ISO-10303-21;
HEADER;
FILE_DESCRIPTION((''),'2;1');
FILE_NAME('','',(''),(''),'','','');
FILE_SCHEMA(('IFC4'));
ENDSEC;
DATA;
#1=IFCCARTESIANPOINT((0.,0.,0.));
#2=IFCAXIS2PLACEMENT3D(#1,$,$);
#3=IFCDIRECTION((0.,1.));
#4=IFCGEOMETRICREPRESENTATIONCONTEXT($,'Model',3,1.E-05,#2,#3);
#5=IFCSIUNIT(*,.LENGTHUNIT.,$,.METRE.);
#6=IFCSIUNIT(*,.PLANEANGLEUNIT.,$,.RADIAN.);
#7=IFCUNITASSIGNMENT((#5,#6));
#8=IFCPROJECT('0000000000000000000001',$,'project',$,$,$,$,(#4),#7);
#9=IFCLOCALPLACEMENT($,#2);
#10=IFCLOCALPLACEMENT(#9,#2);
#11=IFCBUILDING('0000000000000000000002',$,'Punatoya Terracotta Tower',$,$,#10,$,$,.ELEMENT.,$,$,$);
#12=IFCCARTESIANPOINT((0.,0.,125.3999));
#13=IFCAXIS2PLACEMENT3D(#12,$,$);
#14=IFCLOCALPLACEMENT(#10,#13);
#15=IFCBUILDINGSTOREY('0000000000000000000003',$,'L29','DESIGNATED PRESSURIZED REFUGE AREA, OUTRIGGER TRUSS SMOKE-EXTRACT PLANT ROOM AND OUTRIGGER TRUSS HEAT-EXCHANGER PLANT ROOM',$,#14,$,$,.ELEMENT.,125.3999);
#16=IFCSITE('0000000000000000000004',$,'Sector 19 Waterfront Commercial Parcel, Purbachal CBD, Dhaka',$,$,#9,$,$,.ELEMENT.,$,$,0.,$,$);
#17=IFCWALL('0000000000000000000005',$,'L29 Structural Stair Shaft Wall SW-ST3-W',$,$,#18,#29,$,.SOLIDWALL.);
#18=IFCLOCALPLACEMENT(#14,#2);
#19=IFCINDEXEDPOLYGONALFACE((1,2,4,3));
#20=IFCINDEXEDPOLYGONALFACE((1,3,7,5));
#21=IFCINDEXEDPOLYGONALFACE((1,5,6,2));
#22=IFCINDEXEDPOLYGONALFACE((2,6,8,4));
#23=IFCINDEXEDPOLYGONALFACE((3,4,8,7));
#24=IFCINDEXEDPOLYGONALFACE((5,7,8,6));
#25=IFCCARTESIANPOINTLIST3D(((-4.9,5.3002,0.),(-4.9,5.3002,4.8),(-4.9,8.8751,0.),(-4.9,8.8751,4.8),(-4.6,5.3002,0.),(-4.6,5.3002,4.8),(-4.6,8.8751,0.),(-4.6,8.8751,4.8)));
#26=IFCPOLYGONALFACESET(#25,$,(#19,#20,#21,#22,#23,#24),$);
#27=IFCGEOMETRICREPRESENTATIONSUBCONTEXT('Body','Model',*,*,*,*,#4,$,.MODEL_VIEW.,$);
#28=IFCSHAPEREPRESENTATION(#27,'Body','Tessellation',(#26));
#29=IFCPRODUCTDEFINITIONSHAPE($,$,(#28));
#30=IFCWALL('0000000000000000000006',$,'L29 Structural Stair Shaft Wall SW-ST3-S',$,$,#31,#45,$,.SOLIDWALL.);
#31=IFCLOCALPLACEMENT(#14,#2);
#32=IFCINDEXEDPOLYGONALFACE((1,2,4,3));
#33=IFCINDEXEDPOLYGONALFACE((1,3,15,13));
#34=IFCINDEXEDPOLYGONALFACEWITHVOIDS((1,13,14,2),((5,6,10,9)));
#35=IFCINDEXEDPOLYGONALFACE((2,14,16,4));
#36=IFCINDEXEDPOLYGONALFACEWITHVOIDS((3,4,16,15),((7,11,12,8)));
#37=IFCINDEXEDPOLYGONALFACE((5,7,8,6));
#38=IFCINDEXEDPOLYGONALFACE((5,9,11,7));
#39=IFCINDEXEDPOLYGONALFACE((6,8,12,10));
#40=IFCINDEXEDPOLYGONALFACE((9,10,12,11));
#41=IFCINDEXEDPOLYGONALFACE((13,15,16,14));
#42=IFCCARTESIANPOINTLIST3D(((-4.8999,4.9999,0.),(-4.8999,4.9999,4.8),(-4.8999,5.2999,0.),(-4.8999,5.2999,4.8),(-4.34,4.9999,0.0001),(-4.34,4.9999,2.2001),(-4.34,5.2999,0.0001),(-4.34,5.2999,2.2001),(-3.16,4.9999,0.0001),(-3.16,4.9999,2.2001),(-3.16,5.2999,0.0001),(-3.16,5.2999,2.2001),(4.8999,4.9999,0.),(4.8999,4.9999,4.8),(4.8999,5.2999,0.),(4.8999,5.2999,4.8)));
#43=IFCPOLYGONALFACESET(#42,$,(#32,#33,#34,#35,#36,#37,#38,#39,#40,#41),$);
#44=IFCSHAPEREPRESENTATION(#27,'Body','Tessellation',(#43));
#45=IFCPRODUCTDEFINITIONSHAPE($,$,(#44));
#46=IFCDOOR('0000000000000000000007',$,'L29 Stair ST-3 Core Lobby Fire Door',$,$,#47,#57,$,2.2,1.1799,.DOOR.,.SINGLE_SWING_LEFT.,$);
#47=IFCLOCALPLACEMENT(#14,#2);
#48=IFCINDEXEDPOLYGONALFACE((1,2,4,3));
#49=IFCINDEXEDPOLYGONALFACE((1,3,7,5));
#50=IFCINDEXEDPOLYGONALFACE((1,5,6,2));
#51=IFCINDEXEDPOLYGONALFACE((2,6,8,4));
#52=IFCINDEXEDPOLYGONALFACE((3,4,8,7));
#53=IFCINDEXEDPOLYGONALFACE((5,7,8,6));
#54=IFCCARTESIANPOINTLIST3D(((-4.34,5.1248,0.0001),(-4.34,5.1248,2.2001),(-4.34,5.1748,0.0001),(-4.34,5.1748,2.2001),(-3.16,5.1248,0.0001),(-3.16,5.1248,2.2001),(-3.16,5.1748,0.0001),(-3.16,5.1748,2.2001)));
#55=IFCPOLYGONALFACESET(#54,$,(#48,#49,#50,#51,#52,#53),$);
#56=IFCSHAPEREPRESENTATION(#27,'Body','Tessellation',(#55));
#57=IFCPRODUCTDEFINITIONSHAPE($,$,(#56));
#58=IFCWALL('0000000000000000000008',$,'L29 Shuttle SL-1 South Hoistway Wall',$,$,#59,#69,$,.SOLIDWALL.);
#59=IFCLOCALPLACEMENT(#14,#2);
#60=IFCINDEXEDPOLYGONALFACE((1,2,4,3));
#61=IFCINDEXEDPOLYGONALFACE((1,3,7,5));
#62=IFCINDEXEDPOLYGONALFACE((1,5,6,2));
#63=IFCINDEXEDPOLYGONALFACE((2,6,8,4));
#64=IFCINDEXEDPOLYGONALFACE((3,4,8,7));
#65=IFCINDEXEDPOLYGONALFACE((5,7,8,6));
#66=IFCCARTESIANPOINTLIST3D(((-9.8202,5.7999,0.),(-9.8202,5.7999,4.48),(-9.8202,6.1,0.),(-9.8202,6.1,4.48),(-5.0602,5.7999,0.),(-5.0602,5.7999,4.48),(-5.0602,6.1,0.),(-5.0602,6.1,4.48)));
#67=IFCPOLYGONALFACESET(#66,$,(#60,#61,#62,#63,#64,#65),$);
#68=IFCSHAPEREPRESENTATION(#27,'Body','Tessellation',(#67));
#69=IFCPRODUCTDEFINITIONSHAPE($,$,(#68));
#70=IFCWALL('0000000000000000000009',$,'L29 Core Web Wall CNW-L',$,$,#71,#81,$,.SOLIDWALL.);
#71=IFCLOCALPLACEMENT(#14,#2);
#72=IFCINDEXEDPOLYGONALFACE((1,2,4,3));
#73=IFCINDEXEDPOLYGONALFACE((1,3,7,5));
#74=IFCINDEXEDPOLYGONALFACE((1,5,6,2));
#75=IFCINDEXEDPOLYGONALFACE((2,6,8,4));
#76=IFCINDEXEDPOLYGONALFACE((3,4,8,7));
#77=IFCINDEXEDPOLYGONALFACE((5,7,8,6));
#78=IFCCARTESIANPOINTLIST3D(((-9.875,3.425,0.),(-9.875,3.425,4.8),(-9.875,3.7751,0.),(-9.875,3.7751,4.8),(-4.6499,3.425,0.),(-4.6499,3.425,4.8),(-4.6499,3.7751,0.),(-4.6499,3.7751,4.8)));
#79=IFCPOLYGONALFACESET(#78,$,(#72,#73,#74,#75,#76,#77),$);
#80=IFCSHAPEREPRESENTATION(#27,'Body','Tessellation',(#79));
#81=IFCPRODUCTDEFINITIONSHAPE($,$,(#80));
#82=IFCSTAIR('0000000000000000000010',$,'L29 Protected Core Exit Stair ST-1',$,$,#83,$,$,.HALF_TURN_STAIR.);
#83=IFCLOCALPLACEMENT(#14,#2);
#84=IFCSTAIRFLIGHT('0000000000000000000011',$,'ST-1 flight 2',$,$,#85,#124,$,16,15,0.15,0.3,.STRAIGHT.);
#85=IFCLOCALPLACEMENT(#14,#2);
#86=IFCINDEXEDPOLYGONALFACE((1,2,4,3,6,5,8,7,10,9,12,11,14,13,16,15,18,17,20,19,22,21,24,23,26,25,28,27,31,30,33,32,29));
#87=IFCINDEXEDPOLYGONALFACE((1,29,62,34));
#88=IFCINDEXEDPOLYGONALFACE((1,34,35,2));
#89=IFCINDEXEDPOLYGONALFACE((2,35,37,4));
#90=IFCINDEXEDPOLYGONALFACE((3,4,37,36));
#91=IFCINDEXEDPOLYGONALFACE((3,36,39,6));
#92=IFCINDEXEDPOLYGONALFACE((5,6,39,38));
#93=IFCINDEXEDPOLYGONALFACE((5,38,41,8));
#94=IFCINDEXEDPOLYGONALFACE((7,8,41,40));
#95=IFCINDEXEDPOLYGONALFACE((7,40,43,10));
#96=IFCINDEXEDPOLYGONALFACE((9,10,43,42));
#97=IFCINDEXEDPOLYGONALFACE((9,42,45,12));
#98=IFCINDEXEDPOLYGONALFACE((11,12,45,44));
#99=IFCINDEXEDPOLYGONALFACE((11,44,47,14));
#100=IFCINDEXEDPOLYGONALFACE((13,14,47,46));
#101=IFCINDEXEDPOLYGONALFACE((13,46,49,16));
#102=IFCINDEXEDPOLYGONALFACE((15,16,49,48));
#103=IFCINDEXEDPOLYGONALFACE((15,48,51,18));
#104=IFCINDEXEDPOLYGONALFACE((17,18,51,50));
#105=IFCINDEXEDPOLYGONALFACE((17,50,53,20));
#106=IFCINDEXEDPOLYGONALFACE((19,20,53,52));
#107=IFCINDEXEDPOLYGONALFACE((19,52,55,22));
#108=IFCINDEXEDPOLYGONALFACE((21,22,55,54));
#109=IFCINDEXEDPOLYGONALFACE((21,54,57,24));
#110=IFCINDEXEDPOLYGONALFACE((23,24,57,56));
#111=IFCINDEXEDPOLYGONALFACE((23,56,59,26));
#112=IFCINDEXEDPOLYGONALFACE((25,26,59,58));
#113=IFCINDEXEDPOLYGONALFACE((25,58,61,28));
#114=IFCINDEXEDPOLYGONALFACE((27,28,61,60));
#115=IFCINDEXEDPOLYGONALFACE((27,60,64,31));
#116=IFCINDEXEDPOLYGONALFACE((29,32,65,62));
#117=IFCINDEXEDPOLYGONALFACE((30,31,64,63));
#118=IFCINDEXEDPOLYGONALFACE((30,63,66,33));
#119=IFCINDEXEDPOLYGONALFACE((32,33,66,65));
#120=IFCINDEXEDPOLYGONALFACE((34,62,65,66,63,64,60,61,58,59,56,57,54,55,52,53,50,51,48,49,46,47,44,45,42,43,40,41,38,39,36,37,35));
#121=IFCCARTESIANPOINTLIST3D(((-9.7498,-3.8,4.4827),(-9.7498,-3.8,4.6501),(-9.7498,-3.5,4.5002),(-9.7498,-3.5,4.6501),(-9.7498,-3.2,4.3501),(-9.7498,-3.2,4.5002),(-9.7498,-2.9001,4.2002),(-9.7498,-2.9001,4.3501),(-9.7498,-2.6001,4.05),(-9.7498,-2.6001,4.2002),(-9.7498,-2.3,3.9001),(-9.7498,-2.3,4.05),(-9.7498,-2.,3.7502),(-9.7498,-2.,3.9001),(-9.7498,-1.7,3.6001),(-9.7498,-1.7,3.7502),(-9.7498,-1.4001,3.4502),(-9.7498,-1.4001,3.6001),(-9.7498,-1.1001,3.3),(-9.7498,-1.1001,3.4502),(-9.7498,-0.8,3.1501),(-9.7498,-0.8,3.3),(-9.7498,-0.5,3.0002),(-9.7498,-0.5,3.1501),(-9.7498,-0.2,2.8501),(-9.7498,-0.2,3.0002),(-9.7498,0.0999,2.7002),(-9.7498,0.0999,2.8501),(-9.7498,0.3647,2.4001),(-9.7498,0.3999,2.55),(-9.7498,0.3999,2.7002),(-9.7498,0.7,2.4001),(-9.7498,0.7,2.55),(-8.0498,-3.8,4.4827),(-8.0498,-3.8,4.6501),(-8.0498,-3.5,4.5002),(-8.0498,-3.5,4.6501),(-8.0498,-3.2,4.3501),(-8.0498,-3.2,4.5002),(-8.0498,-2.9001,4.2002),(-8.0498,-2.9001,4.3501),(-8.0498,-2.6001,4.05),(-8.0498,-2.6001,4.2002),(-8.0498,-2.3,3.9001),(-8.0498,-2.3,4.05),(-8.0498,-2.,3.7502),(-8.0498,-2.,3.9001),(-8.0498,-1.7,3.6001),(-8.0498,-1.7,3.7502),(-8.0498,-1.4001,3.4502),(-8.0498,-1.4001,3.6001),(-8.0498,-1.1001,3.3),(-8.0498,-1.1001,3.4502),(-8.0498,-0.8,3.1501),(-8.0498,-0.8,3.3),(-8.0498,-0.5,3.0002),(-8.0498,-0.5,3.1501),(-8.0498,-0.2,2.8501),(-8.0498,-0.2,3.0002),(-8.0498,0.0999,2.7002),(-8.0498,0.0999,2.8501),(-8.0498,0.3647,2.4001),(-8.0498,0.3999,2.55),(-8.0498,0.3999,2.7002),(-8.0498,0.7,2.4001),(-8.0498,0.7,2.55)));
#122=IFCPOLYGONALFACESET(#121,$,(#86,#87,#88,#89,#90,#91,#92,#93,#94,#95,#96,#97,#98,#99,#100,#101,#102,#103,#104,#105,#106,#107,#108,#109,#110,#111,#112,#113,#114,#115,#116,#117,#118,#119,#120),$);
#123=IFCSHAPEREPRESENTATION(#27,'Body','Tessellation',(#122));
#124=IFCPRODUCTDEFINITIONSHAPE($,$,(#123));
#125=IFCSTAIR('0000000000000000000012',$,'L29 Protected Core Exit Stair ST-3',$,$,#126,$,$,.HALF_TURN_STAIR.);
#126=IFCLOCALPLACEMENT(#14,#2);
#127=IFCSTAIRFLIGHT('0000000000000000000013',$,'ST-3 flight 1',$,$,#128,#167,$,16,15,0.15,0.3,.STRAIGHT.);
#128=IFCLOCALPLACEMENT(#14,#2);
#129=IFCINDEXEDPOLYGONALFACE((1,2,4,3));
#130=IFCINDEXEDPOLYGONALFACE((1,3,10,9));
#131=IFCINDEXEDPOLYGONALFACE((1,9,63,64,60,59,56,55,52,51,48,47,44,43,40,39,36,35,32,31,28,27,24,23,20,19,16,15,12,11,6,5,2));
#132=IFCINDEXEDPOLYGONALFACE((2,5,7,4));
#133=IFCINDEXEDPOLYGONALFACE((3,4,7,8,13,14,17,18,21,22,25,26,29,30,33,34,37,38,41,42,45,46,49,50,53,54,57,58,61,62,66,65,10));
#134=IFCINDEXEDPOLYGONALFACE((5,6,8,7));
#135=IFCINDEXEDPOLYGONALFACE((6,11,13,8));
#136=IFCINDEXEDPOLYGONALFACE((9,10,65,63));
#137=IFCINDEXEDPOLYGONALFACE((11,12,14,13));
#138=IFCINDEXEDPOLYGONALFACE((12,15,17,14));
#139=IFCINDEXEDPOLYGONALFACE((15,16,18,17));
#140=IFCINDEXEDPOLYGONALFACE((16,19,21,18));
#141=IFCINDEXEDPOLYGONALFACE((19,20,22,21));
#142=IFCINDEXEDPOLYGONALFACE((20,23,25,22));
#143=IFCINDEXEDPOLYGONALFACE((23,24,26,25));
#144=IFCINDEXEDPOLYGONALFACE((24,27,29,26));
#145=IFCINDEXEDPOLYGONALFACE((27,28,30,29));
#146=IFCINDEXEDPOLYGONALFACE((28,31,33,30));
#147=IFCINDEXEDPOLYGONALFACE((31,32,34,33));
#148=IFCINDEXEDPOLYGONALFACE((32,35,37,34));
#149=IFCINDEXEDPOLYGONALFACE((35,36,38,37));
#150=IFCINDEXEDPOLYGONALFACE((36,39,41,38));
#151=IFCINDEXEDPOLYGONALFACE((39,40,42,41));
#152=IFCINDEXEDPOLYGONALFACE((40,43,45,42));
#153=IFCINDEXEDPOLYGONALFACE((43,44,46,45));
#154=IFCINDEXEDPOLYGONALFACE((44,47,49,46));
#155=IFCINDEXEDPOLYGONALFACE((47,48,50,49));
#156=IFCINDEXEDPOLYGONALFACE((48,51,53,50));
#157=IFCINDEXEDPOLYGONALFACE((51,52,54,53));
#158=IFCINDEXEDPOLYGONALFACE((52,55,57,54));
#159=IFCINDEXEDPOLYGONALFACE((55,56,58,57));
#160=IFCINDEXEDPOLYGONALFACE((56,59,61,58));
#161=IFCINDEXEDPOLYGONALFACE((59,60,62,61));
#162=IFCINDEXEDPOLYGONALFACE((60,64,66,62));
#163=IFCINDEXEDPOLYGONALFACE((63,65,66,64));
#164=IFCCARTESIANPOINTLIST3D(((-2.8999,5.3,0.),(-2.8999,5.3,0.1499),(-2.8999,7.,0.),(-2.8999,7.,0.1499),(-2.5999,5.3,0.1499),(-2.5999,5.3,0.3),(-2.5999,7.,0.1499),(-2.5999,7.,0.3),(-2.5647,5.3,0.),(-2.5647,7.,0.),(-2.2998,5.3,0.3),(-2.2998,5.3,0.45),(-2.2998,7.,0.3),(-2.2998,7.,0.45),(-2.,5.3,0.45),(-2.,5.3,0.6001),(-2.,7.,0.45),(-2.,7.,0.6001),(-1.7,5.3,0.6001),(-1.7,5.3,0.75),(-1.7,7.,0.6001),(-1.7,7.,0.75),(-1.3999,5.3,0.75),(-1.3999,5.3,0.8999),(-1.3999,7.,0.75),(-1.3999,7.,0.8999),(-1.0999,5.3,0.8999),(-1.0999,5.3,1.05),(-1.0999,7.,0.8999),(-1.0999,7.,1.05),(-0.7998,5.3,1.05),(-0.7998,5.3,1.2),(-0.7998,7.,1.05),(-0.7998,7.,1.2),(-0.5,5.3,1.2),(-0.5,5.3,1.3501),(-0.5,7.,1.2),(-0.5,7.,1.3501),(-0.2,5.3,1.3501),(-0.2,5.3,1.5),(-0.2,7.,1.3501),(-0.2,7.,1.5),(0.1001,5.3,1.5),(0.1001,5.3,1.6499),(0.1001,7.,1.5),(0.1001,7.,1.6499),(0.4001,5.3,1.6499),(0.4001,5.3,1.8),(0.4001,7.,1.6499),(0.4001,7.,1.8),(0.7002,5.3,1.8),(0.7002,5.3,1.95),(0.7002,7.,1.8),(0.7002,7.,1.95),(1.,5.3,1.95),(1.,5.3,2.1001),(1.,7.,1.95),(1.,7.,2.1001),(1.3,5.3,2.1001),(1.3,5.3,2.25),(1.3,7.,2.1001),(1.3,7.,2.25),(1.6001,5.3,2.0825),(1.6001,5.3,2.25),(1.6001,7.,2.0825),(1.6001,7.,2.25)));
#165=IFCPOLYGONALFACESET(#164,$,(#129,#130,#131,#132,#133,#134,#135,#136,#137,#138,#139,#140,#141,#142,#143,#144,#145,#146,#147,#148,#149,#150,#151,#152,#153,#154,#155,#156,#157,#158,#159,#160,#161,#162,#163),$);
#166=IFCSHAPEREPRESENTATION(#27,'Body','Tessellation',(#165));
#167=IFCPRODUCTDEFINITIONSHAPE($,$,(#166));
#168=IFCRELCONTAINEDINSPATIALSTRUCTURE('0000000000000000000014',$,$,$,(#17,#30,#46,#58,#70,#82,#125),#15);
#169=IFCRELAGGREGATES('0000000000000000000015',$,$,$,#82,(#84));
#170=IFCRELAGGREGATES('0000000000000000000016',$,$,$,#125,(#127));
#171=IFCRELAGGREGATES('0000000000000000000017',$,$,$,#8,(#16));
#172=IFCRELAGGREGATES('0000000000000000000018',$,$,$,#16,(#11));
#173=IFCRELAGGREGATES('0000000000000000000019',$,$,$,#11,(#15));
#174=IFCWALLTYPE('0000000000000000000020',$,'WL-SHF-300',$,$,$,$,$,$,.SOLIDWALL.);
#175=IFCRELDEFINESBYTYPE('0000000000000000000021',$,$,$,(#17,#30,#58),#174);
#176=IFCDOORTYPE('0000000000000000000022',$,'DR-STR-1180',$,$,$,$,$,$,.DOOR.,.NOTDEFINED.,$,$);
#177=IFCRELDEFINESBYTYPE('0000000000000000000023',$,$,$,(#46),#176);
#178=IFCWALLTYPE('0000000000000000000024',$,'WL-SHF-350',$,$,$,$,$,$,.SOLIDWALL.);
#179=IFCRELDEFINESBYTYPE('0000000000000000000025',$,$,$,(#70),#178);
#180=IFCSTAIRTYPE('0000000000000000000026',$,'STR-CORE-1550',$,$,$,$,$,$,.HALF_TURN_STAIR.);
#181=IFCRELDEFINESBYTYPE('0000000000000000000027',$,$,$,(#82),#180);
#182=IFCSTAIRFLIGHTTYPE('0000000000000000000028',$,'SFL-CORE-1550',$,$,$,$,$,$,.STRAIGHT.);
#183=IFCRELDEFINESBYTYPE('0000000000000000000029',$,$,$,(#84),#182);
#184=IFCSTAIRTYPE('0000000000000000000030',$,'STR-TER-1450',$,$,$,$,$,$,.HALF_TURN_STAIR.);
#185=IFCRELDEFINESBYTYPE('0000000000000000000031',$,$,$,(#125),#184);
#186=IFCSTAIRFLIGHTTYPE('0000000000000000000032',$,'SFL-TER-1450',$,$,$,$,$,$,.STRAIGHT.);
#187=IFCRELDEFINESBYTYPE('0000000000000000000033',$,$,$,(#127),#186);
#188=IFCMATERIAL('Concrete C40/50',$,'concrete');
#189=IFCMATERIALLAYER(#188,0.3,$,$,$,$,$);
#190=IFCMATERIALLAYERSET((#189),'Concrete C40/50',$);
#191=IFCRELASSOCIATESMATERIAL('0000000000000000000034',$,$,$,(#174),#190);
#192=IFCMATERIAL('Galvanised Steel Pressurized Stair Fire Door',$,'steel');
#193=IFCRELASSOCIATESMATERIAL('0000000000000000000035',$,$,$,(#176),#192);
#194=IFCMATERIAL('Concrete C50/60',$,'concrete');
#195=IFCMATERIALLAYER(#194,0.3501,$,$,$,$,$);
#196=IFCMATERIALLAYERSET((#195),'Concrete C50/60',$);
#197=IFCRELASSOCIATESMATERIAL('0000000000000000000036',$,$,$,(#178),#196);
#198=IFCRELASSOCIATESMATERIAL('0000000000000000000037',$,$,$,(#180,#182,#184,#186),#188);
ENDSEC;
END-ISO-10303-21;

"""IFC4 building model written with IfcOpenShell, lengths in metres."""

from ifc_helpers import new_model, si_unit, direction, frame, frame_2d, origin, place, context, subcontext, project, spatial, polyline, rectangle, outline, extrude, material, layer, layer_set, type_object, element, fill, aggregate, save


model = new_model("IFC4")

# Units and contexts
model_context = context("Model", 3, precision=1e-05, world=origin(), true_north=direction((0.0, 1.0)))
body_context = subcontext(model_context, "Body", "Model", "MODEL_VIEW")
ifc_project = project(units=[si_unit("LENGTHUNIT", "METRE"), si_unit("PLANEANGLEUNIT", "RADIAN")], contexts=[model_context])

# Site, building, storey
site_placement = place(None, origin())
site = spatial("IfcSite", under=ifc_project, at=site_placement, Name="Sector 19 Waterfront Commercial Parcel, Purbachal CBD, Dhaka", CompositionType="ELEMENT", RefElevation=0.0)
building_placement = place(site_placement, origin())
building = spatial("IfcBuilding", under=site, at=building_placement, Name="Punatoya Terracotta Tower", CompositionType="ELEMENT")
storey_placement = place(building_placement, frame((0.0, 0.0, 125.3999)))
storey = spatial("IfcBuildingStorey", under=building, at=storey_placement, Name="L29", Description="DESIGNATED PRESSURIZED REFUGE AREA, OUTRIGGER TRUSS SMOKE-EXTRACT PLANT ROOM AND OUTRIGGER TRUSS HEAT-EXCHANGER PLANT ROOM", CompositionType="ELEMENT", Elevation=125.3999)

# Shared definitions
ifc_material_1 = material(Name="Concrete C40/50", Category="concrete")

# Wall
ifc_layer_1 = layer(ifc_material_1, 0.3)
ifc_layer_set_1 = layer_set([ifc_layer_1], Name="Concrete C40/50")
wall_type_1 = type_object("IfcWallType", Name="WL-SHF-300", PredefinedType="SOLIDWALL", material=ifc_layer_set_1)
wall_1_placement = place(storey_placement, frame((-4.75, 5.3, 0.0), z_axis=(0.0, 0.0, 1.0), x_axis=(0.0, 1.0, 0.0)))
element("IfcWall", 1, at=wall_1_placement, inside=storey, type_object=wall_type_1, Name="L29 Structural Stair Shaft Wall SW-ST3-W", PredefinedType="SOLIDWALL", context=body_context, shape_type="SweptSolid", body=[
    extrude(rectangle(XDim=3.575, YDim=0.3, at=frame_2d((1.7876, 0.0))), origin(), (0.0, 0.0, 1.0), 4.8),
])

# Wall, opening, door
wall_2_placement = place(storey_placement, frame((-4.8999, 5.1499, 0.0), z_axis=(0.0, 0.0, 1.0), x_axis=(1.0, 0.0, 0.0)))
wall_2 = element("IfcWall", 2, at=wall_2_placement, inside=storey, type_object=wall_type_1, Name="L29 Structural Stair Shaft Wall SW-ST3-S", PredefinedType="SOLIDWALL", context=body_context, shape_type="SweptSolid", body=[
    extrude(rectangle(XDim=9.7998, YDim=0.3, at=frame_2d((4.8999, 0.0))), origin(), (0.0, 0.0, 1.0), 4.8),
])
opening_1_placement = place(wall_2_placement, frame((0.5601, 0.0, 0.0)))
opening_1 = element("IfcOpeningElement", 3, at=opening_1_placement, cuts=wall_2, PredefinedType="OPENING", context=body_context, shape_type="SweptSolid", body=[
    extrude(rectangle(XDim=1.1799, YDim=2.2, at=frame_2d((0.5898, 1.1001))), frame((0.0, 0.1599, 0.0), z_axis=(0.0, -1.0, 0.0), x_axis=(1.0, 0.0, 0.0)), (0.0, 0.0, 1.0), 0.3201),
])
ifc_material_2 = material(Name="Galvanised Steel Pressurized Stair Fire Door", Category="steel")
door_type_1 = type_object("IfcDoorType", Name="DR-STR-1180", OperationType="NOTDEFINED", PredefinedType="DOOR", material=ifc_material_2)
door_1_placement = place(opening_1_placement, origin())
door_1 = element("IfcDoor", 4, at=door_1_placement, inside=storey, type_object=door_type_1, Name="L29 Stair ST-3 Core Lobby Fire Door", OperationType="SINGLE_SWING_LEFT", OverallHeight=2.2, OverallWidth=1.1799, PredefinedType="DOOR", context=body_context, shape_type="SweptSolid", body=[
    extrude(rectangle(XDim=1.1799, YDim=2.2, at=frame_2d((0.5898, 1.1001))), frame((0.0, 0.0249, 0.0), z_axis=(0.0, -1.0, 0.0), x_axis=(1.0, 0.0, 0.0)), (0.0, 0.0, 1.0), 0.05),
])
fill(opening_1, door_1)

# Walls
wall_3_placement = place(storey_placement, frame((-9.8201, 5.95, 0.0), z_axis=(0.0, 0.0, 1.0), x_axis=(1.0, 0.0, 0.0)))
element("IfcWall", 5, at=wall_3_placement, inside=storey, type_object=wall_type_1, Name="L29 Shuttle SL-1 South Hoistway Wall", PredefinedType="SOLIDWALL", context=body_context, shape_type="SweptSolid", body=[
    extrude(rectangle(XDim=4.76, YDim=0.3, at=frame_2d((2.3799, 0.0))), origin(), (0.0, 0.0, 1.0), 4.48),
])
ifc_material_3 = material(Name="Concrete C50/60", Category="concrete")
ifc_layer_2 = layer(ifc_material_3, 0.3501)
ifc_layer_set_2 = layer_set([ifc_layer_2], Name="Concrete C50/60")
wall_type_2 = type_object("IfcWallType", Name="WL-SHF-350", PredefinedType="SOLIDWALL", material=ifc_layer_set_2)
wall_4_placement = place(storey_placement, frame((-9.875, 3.6001, 0.0), z_axis=(0.0, 0.0, 1.0), x_axis=(1.0, 0.0, 0.0)))
element("IfcWall", 6, at=wall_4_placement, inside=storey, type_object=wall_type_2, Name="L29 Core Web Wall CNW-L", PredefinedType="SOLIDWALL", context=body_context, shape_type="SweptSolid", body=[
    extrude(rectangle(XDim=5.2251, YDim=0.3501, at=frame_2d((2.6125, 0.0))), origin(), (0.0, 0.0, 1.0), 4.8),
])

# Stairs, stair flights
stair_type_1 = type_object("IfcStairType", Name="STR-CORE-1550", PredefinedType="HALF_TURN_STAIR", material=ifc_material_1)
stair_1_placement = place(storey_placement, origin())
stair_1 = element("IfcStair", 7, at=stair_1_placement, inside=storey, type_object=stair_type_1, Name="L29 Protected Core Exit Stair ST-1", PredefinedType="HALF_TURN_STAIR")
stair_flight_type_1 = type_object("IfcStairFlightType", Name="SFL-CORE-1550", PredefinedType="STRAIGHT", material=ifc_material_1)
stair_flight_1_placement = place(storey_placement, frame((-8.8999, 0.7, 2.4001), z_axis=(0.0, 0.0, 1.0), x_axis=(0.0, -1.0, 0.0)))
stair_flight_1 = element("IfcStairFlight", 8, at=stair_flight_1_placement, type_object=stair_flight_type_1, Name="ST-1 flight 2", NumberOfRisers=16, NumberOfTreads=15, PredefinedType="STRAIGHT", RiserHeight=0.15, TreadLength=0.3, context=body_context, shape_type="SweptSolid", body=[
    extrude(outline(polyline([(0.0, 0.0), (0.0, 0.1499), (0.3, 0.1499), (0.3, 0.3), (0.6001, 0.3), (0.6001, 0.45), (0.8999, 0.45), (0.8999, 0.6001), (1.2, 0.6001), (1.2, 0.75), (1.5, 0.75), (1.5, 0.8999), (1.8, 0.8999), (1.8, 1.05), (2.1001, 1.05), (2.1001, 1.2), (2.3999, 1.2), (2.3999, 1.3501), (2.7, 1.3501), (2.7, 1.5), (3.0, 1.5), (3.0, 1.6499), (3.3, 1.6499), (3.3, 1.8), (3.6001, 1.8), (3.6001, 1.95), (3.8999, 1.95), (3.8999, 2.1001), (4.2, 2.1001), (4.2, 2.25), (4.5, 2.25), (4.5, 2.3999), (4.5, 2.0825), (0.3352, 0.0), (0.0, 0.0)])), frame((0.0, 0.8501, 0.0), z_axis=(0.0, -1.0, 0.0), x_axis=(1.0, 0.0, 0.0)), (0.0, 0.0, 1.0), 1.7),
])
aggregate(stair_1, [stair_flight_1])
stair_type_2 = type_object("IfcStairType", Name="STR-TER-1450", PredefinedType="HALF_TURN_STAIR", material=ifc_material_1)
stair_2_placement = place(storey_placement, origin())
stair_2 = element("IfcStair", 9, at=stair_2_placement, inside=storey, type_object=stair_type_2, Name="L29 Protected Core Exit Stair ST-3", PredefinedType="HALF_TURN_STAIR")
stair_flight_type_2 = type_object("IfcStairFlightType", Name="SFL-TER-1450", PredefinedType="STRAIGHT", material=ifc_material_1)
stair_flight_2_placement = place(storey_placement, frame((-2.8999, 6.1499, 0.0), z_axis=(0.0, 0.0, 1.0), x_axis=(1.0, 0.0, 0.0)))
stair_flight_2 = element("IfcStairFlight", 10, at=stair_flight_2_placement, type_object=stair_flight_type_2, Name="ST-3 flight 1", NumberOfRisers=16, NumberOfTreads=15, PredefinedType="STRAIGHT", RiserHeight=0.15, TreadLength=0.3, context=body_context, shape_type="SweptSolid", body=[
    extrude(outline(polyline([(0.0, 0.0), (0.0, 0.1499), (0.3, 0.1499), (0.3, 0.3), (0.6001, 0.3), (0.6001, 0.45), (0.8999, 0.45), (0.8999, 0.6001), (1.2, 0.6001), (1.2, 0.75), (1.5, 0.75), (1.5, 0.8999), (1.8, 0.8999), (1.8, 1.05), (2.1001, 1.05), (2.1001, 1.2), (2.3999, 1.2), (2.3999, 1.3501), (2.7, 1.3501), (2.7, 1.5), (3.0, 1.5), (3.0, 1.6499), (3.3, 1.6499), (3.3, 1.8), (3.6001, 1.8), (3.6001, 1.95), (3.8999, 1.95), (3.8999, 2.1001), (4.2, 2.1001), (4.2, 2.25), (4.5, 2.25), (4.5, 2.3999), (4.5, 2.0825), (0.3352, 0.0), (0.0, 0.0)])), frame((0.0, 0.8501, 0.0), z_axis=(0.0, -1.0, 0.0), x_axis=(1.0, 0.0, 0.0)), (0.0, 0.0, 1.0), 1.7),
])
aggregate(stair_2, [stair_flight_2])

save(model, "model.ifc")
